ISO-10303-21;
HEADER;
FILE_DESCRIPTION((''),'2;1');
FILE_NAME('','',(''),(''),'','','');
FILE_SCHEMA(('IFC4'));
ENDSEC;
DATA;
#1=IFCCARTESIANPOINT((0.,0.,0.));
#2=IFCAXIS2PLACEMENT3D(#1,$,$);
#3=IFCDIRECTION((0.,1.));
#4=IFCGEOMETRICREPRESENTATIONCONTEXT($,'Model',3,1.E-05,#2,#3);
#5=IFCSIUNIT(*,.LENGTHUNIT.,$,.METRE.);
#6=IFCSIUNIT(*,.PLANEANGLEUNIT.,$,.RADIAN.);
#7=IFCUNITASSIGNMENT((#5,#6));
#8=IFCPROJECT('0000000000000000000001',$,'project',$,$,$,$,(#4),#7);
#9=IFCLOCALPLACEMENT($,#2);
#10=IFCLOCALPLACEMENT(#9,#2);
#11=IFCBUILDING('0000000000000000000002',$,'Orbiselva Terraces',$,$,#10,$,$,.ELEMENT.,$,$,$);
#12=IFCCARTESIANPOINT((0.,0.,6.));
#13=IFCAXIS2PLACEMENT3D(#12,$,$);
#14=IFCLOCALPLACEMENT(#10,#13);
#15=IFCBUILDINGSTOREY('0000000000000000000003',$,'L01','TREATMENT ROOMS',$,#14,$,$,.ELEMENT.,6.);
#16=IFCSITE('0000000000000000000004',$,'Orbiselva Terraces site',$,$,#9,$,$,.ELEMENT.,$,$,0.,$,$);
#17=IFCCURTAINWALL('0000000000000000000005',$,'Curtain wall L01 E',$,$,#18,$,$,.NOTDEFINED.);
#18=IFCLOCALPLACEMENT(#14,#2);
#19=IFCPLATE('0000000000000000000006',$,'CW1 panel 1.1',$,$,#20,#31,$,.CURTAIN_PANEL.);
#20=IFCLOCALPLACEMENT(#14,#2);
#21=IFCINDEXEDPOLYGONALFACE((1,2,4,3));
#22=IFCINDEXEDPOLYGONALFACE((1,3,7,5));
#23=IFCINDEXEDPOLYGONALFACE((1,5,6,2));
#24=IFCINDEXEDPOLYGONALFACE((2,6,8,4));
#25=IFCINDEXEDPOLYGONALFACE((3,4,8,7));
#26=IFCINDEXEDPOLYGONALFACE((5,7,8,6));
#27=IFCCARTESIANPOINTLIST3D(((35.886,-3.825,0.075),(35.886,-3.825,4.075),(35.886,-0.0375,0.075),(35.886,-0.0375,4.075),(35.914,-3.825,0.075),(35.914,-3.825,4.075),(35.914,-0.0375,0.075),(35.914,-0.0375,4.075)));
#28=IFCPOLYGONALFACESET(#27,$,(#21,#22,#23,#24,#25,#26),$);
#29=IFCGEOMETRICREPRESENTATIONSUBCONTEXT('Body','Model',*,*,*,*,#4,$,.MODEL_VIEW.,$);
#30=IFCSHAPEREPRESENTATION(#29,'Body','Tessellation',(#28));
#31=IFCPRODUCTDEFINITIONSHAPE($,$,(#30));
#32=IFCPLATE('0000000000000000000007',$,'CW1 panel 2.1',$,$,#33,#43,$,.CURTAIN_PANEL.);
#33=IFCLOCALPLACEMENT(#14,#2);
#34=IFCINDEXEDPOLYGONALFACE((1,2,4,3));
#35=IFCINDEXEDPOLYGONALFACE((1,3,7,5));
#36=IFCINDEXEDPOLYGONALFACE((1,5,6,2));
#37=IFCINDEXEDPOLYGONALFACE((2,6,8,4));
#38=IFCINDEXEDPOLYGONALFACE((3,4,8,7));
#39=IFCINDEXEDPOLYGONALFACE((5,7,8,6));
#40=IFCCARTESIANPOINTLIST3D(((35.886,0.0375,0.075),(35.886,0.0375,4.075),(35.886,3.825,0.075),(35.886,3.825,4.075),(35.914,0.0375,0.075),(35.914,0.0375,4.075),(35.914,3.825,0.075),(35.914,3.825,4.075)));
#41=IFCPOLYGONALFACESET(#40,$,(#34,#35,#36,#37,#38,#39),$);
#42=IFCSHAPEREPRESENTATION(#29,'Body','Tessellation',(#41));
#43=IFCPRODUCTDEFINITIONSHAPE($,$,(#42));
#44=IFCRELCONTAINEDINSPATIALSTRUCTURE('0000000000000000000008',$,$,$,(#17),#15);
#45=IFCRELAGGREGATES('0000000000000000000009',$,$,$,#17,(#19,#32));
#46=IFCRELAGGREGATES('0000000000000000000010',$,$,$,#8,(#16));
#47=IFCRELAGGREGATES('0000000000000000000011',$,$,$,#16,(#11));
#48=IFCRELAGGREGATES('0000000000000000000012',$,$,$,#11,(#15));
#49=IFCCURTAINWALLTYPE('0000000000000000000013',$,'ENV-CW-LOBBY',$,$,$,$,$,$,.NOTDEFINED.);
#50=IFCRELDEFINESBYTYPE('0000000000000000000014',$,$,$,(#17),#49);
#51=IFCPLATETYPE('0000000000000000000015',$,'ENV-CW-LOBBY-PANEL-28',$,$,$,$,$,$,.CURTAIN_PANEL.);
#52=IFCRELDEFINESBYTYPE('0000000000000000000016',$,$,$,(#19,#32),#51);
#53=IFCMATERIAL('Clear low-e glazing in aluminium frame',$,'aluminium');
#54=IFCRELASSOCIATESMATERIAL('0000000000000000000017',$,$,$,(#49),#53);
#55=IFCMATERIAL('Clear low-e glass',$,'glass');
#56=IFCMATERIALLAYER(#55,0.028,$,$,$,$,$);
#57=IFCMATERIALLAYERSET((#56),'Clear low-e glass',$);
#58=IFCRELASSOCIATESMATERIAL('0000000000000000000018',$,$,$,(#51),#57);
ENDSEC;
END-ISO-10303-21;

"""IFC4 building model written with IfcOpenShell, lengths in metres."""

from ifc_helpers import new_model, si_unit, direction, frame, origin, origin_2d, place, context, subcontext, project, spatial, rectangle, extrude, material, layer, layer_set, type_object, element, aggregate, save


model = new_model("IFC4")

# Units and contexts
model_context = context("Model", 3, precision=1e-05, world=origin(), true_north=direction((0.0, 1.0)))
body_context = subcontext(model_context, "Body", "Model", "MODEL_VIEW")
ifc_project = project(units=[si_unit("LENGTHUNIT", "METRE"), si_unit("PLANEANGLEUNIT", "RADIAN")], contexts=[model_context])

# Site, building, storey
site_placement = place(None, origin())
site = spatial("IfcSite", under=ifc_project, at=site_placement, Name="Orbiselva Terraces site", CompositionType="ELEMENT", RefElevation=0.0)
building_placement = place(site_placement, origin())
building = spatial("IfcBuilding", under=site, at=building_placement, Name="Orbiselva Terraces", CompositionType="ELEMENT")
storey_placement = place(building_placement, frame((0.0, 0.0, 6.0)))
storey = spatial("IfcBuildingStorey", under=building, at=storey_placement, Name="L01", Description="TREATMENT ROOMS", CompositionType="ELEMENT", Elevation=6.0)

# Curtain wall
ifc_material_1 = material(Name="Clear low-e glazing in aluminium frame", Category="aluminium")
curtain_wall_type = type_object("IfcCurtainWallType", Name="ENV-CW-LOBBY", PredefinedType="NOTDEFINED", material=ifc_material_1)
curtain_wall_1_placement = place(storey_placement, origin())
curtain_wall_1 = element("IfcCurtainWall", 1, at=curtain_wall_1_placement, inside=storey, type_object=curtain_wall_type, Name="Curtain wall L01 E", PredefinedType="NOTDEFINED")

# Plates
ifc_material_2 = material(Name="Clear low-e glass", Category="glass")
ifc_layer = layer(ifc_material_2, 0.028)
ifc_layer_set = layer_set([ifc_layer], Name="Clear low-e glass")
plate_type = type_object("IfcPlateType", Name="ENV-CW-LOBBY-PANEL-28", PredefinedType="CURTAIN_PANEL", material=ifc_layer_set)
plate_1_placement = place(storey_placement, frame((35.9, -1.9312, 0.075), z_axis=(0.0, 0.0, 1.0), x_axis=(0.0, 1.0, 0.0)))
plate_1 = element("IfcPlate", 2, at=plate_1_placement, type_object=plate_type, Name="CW1 panel 1.1", PredefinedType="CURTAIN_PANEL", context=body_context, shape_type="SweptSolid", body=[
    extrude(rectangle(XDim=3.7875, YDim=0.028, at=origin_2d()), origin(), (0.0, 0.0, 1.0), 4.0),
])
plate_2_placement = place(storey_placement, frame((35.9, 1.9312, 0.075), z_axis=(0.0, 0.0, 1.0), x_axis=(0.0, 1.0, 0.0)))
plate_2 = element("IfcPlate", 3, at=plate_2_placement, type_object=plate_type, Name="CW1 panel 2.1", PredefinedType="CURTAIN_PANEL", context=body_context, shape_type="SweptSolid", body=[
    extrude(rectangle(XDim=3.7875, YDim=0.028, at=origin_2d()), origin(), (0.0, 0.0, 1.0), 4.0),
])
aggregate(curtain_wall_1, [plate_1, plate_2])

save(model, "model.ifc")
